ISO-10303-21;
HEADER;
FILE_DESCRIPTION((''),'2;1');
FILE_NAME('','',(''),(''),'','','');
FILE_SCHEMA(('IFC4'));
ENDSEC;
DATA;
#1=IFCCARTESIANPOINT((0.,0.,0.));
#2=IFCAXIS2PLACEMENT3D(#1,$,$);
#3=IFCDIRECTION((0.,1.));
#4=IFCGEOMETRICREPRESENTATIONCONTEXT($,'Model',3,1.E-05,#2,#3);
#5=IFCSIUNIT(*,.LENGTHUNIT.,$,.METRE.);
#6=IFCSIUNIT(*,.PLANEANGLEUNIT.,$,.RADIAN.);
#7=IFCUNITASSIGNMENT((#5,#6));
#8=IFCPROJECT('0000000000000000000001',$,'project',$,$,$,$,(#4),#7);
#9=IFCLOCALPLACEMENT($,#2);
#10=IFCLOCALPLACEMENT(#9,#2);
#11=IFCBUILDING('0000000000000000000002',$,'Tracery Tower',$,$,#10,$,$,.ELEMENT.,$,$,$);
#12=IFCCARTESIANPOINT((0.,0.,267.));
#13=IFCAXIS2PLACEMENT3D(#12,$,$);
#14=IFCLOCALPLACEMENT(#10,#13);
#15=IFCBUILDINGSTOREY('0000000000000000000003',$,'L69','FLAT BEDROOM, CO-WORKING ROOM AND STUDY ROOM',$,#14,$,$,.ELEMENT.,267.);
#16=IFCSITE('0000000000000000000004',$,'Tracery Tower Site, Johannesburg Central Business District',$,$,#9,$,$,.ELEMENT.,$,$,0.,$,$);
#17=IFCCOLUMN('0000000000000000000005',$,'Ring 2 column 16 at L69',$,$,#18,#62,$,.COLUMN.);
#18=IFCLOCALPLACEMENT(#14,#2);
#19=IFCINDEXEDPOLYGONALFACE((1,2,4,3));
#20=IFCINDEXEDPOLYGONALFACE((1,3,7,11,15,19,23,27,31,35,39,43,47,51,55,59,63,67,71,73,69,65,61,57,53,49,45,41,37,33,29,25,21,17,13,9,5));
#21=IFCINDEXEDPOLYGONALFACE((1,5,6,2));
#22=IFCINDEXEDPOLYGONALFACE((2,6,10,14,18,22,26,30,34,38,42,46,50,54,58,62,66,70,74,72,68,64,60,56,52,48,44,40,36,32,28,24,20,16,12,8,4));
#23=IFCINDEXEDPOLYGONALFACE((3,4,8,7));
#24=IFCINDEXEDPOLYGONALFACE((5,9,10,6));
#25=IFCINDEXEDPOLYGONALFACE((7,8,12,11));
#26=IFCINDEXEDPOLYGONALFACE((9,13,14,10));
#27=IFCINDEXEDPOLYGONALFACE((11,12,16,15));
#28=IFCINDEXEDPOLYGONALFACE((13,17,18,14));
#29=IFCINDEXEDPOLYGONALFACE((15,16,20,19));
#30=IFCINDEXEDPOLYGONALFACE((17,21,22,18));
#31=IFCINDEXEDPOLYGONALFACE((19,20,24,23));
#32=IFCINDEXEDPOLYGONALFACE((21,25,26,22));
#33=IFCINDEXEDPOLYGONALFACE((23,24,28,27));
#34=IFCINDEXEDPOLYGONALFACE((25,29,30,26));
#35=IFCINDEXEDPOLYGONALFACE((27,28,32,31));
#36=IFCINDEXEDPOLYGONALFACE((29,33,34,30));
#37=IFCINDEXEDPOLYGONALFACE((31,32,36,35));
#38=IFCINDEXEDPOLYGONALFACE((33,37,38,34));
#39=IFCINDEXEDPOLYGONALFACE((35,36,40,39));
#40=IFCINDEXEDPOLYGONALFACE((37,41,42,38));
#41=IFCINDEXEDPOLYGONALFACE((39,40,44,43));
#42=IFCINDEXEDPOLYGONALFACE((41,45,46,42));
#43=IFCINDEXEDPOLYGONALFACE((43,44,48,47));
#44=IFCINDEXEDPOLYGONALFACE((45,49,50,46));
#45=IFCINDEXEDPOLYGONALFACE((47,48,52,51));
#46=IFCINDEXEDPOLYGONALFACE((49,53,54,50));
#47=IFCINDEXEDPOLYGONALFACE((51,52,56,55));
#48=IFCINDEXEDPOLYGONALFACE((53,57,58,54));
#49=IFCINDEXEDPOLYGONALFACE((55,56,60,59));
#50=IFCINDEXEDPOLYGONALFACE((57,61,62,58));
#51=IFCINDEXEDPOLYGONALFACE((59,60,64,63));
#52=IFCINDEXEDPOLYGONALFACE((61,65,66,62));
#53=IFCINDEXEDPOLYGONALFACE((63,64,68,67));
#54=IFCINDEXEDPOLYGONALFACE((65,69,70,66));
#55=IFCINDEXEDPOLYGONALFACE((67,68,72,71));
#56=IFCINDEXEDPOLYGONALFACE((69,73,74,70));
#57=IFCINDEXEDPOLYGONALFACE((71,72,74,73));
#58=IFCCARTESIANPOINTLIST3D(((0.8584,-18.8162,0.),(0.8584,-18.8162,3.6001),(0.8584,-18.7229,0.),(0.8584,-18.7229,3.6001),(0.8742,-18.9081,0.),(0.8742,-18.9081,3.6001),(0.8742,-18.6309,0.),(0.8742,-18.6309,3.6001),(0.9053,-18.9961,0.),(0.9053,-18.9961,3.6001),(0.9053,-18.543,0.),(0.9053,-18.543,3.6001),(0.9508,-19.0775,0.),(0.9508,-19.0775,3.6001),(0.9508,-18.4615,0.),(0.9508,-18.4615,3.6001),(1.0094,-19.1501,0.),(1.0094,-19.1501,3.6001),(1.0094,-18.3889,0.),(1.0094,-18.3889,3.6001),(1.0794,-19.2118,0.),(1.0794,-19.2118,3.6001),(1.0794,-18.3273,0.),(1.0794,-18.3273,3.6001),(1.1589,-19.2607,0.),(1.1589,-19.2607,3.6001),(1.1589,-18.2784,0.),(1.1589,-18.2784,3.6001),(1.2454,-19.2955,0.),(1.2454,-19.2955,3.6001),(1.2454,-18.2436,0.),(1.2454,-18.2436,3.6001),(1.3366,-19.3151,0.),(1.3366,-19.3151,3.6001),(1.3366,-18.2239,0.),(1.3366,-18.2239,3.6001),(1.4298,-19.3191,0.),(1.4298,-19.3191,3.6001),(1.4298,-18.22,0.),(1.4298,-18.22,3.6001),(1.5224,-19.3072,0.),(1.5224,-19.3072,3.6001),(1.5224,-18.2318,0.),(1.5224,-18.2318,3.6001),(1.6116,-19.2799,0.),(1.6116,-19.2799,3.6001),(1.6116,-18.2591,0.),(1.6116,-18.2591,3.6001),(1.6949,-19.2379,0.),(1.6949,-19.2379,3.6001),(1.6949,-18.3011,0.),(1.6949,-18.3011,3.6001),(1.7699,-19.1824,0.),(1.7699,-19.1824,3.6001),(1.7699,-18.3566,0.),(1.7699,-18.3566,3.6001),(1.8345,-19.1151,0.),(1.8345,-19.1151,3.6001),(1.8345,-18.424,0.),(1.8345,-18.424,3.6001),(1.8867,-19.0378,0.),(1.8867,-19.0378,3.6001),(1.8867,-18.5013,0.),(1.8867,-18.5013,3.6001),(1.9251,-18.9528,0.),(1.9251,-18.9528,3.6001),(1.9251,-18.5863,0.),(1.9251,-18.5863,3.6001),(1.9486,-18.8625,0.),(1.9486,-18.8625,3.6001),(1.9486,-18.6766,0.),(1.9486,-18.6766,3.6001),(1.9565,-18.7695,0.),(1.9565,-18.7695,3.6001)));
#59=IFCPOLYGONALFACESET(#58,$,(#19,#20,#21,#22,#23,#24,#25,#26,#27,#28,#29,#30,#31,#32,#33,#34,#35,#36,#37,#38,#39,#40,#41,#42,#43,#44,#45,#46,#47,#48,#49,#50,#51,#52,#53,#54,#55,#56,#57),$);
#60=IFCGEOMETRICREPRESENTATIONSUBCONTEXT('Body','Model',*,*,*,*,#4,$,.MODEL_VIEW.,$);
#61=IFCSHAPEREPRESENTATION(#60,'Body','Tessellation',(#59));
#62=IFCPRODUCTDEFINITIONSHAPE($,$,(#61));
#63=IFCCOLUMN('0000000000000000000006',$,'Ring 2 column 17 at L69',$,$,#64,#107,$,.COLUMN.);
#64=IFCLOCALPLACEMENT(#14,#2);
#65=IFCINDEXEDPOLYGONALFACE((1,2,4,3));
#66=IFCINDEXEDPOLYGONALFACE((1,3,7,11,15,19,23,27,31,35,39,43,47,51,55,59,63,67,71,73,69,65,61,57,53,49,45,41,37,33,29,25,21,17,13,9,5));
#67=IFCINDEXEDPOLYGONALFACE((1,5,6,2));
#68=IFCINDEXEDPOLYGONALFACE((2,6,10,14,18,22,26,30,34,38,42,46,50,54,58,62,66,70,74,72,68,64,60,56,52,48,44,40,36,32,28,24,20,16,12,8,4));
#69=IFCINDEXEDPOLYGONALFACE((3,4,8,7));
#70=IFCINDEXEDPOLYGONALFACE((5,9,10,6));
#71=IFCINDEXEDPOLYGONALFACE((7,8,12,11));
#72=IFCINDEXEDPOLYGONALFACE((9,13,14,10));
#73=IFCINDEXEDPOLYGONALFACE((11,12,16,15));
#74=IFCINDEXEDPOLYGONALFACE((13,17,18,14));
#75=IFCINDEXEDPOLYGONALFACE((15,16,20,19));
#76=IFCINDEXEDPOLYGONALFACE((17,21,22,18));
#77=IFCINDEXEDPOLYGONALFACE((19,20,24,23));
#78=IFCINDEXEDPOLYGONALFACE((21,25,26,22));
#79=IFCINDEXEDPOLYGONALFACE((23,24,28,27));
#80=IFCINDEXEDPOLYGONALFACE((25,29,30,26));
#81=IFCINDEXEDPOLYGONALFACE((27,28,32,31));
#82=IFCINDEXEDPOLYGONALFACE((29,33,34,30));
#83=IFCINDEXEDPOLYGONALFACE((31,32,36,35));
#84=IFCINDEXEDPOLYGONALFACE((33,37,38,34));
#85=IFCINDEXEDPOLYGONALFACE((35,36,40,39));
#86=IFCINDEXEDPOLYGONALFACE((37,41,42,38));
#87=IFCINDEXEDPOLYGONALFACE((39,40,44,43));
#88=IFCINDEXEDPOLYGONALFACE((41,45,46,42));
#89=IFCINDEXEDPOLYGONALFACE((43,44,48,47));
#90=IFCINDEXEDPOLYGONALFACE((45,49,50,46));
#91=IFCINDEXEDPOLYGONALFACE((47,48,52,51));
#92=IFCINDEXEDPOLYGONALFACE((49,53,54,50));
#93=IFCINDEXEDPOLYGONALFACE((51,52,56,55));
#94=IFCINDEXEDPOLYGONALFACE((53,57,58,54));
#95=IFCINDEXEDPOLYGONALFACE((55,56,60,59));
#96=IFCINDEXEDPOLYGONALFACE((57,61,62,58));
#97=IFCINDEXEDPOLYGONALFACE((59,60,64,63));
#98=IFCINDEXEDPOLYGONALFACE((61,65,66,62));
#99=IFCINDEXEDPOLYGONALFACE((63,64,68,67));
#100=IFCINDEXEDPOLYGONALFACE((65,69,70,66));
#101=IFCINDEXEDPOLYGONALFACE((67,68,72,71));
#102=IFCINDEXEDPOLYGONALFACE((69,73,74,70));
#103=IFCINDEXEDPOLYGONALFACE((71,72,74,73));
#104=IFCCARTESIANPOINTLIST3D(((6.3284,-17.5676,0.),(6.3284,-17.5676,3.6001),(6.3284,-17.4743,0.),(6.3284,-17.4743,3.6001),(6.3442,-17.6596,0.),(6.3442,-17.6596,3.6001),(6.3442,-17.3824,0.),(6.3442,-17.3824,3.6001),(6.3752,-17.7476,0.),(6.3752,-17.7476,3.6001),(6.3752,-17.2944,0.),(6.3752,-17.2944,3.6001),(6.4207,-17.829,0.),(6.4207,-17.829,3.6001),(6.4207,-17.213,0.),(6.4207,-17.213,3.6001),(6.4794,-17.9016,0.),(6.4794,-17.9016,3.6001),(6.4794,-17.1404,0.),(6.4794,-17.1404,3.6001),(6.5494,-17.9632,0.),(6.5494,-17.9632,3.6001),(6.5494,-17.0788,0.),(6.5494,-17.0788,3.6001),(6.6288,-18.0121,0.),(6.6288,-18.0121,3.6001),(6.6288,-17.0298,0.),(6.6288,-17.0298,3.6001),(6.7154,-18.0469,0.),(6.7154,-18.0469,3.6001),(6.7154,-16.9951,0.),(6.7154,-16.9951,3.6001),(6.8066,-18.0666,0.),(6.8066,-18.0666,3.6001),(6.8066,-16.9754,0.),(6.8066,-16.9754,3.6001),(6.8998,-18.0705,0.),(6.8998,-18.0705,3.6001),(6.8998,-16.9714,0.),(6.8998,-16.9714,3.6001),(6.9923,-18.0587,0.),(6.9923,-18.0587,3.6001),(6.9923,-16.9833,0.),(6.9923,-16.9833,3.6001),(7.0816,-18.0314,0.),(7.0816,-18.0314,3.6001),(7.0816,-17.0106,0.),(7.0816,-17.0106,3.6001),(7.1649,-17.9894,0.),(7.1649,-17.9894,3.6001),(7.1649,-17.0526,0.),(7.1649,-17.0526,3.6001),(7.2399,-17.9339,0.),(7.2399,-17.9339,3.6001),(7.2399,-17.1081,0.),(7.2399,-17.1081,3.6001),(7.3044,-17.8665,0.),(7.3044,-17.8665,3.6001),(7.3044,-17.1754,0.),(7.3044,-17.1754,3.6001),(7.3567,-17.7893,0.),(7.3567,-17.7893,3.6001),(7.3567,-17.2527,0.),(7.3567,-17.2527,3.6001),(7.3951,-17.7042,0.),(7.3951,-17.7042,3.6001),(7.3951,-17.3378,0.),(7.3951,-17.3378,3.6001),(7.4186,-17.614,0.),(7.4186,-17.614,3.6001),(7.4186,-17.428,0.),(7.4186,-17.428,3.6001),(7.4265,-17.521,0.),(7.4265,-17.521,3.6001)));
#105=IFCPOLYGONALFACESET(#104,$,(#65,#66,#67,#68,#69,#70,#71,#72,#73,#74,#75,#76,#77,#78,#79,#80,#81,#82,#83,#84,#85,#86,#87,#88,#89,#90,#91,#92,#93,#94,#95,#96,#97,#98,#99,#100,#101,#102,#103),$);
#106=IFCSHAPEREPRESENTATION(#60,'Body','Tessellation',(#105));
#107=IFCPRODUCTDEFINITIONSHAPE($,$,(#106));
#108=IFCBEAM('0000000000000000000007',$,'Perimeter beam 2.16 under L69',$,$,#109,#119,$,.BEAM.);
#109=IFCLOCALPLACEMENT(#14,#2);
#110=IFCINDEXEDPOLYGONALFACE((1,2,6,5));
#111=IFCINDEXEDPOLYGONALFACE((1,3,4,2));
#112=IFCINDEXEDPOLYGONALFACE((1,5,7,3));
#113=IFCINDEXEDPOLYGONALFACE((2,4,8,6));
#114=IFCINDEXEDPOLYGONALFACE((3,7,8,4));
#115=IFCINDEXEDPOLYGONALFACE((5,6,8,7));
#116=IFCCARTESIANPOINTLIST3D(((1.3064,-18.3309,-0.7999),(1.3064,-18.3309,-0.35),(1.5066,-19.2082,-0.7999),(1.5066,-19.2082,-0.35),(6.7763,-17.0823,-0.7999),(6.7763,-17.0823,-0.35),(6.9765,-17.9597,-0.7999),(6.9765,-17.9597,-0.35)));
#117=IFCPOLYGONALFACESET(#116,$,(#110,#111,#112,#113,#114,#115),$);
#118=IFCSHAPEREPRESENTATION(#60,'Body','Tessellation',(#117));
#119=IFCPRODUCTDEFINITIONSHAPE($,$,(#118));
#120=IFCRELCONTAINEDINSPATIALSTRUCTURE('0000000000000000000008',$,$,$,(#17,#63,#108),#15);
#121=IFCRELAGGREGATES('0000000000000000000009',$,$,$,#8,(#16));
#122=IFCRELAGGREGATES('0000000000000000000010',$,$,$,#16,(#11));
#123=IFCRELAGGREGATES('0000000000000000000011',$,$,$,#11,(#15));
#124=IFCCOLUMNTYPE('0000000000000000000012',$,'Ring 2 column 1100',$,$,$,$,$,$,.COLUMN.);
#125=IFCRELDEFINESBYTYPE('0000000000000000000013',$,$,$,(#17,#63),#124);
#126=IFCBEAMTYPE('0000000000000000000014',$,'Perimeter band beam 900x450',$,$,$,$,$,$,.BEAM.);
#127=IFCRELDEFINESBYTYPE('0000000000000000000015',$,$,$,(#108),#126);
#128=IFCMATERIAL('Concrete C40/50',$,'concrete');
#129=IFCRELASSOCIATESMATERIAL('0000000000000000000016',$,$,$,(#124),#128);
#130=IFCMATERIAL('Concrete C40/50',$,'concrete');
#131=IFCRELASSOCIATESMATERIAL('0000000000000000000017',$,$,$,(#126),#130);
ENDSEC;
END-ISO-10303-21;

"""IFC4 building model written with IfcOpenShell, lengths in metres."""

from ifc_helpers import new_model, si_unit, direction, frame, origin, origin_2d, place, context, subcontext, project, spatial, rectangle, circle, extrude, material, material_profile, profile_set, type_object, element, save


model = new_model("IFC4")

# Units and contexts
model_context = context("Model", 3, precision=1e-05, world=origin(), true_north=direction((0.0, 1.0)))
body_context = subcontext(model_context, "Body", "Model", "MODEL_VIEW")
ifc_project = project(units=[si_unit("LENGTHUNIT", "METRE"), si_unit("PLANEANGLEUNIT", "RADIAN")], contexts=[model_context])

# Site, building, storey
site_placement = place(None, origin())
site = spatial("IfcSite", under=ifc_project, at=site_placement, Name="Tracery Tower Site, Johannesburg Central Business District", CompositionType="ELEMENT", RefElevation=0.0)
building_placement = place(site_placement, origin())
building = spatial("IfcBuilding", under=site, at=building_placement, Name="Tracery Tower", CompositionType="ELEMENT")
storey_placement = place(building_placement, frame((0.0, 0.0, 267.0)))
storey = spatial("IfcBuildingStorey", under=building, at=storey_placement, Name="L69", Description="FLAT BEDROOM, CO-WORKING ROOM AND STUDY ROOM", CompositionType="ELEMENT", Elevation=267.0)

# Columns
ifc_material_1 = material(Name="Concrete C40/50", Category="concrete")
ifc_material_profile_1 = material_profile(ifc_material_1, circle(Radius=0.55, at=origin_2d()), Name="RC D1100")
ifc_profile_set_1 = profile_set([ifc_material_profile_1], Name="Concrete C40/50")
column_type = type_object("IfcColumnType", Name="Ring 2 column 1100", PredefinedType="COLUMN", material=ifc_profile_set_1)
for number, where, z_axis, x_axis, name in (
    (1, (1.4065, -18.7695, 0.0), (0.0, 0.0, 1.0), (1.0, 0.0, 0.0), "Ring 2 column 16 at L69"),
    (2, (6.8765, -17.521, 0.0), (0.0, 0.0, 1.0), (1.0, 0.0, 0.0), "Ring 2 column 17 at L69"),
):
    element("IfcColumn", number, at=place(storey_placement, frame(where, z_axis=z_axis, x_axis=x_axis)), inside=storey, type_object=column_type, Name=name, PredefinedType="COLUMN", context=body_context, shape_type="SweptSolid", body=[
        extrude(circle(Radius=0.55, at=origin_2d()), origin(), (0.0, 0.0, 1.0), 3.6001),
    ])

# Beam
ifc_material_2 = material(Name="Concrete C40/50", Category="concrete")
ifc_material_profile_2 = material_profile(ifc_material_2, rectangle(XDim=0.8999, YDim=0.45, at=origin_2d()), Name="RC 900x450")
ifc_profile_set_2 = profile_set([ifc_material_profile_2], Name="Concrete C40/50")
beam_type = type_object("IfcBeamType", Name="Perimeter band beam 900x450", PredefinedType="BEAM", material=ifc_profile_set_2)
beam_placement = place(storey_placement, frame((1.4065, -18.7695, -0.575), z_axis=(0.974926, 0.222529, 0.0), x_axis=(-0.222529, 0.974926, 0.0)))
element("IfcBeam", 3, at=beam_placement, inside=storey, type_object=beam_type, Name="Perimeter beam 2.16 under L69", PredefinedType="BEAM", context=body_context, shape_type="SweptSolid", body=[
    extrude(rectangle(XDim=0.8999, YDim=0.45, at=origin_2d()), origin(), (0.0, 0.0, 1.0), 5.6106),
])

save(model, "model.ifc")
